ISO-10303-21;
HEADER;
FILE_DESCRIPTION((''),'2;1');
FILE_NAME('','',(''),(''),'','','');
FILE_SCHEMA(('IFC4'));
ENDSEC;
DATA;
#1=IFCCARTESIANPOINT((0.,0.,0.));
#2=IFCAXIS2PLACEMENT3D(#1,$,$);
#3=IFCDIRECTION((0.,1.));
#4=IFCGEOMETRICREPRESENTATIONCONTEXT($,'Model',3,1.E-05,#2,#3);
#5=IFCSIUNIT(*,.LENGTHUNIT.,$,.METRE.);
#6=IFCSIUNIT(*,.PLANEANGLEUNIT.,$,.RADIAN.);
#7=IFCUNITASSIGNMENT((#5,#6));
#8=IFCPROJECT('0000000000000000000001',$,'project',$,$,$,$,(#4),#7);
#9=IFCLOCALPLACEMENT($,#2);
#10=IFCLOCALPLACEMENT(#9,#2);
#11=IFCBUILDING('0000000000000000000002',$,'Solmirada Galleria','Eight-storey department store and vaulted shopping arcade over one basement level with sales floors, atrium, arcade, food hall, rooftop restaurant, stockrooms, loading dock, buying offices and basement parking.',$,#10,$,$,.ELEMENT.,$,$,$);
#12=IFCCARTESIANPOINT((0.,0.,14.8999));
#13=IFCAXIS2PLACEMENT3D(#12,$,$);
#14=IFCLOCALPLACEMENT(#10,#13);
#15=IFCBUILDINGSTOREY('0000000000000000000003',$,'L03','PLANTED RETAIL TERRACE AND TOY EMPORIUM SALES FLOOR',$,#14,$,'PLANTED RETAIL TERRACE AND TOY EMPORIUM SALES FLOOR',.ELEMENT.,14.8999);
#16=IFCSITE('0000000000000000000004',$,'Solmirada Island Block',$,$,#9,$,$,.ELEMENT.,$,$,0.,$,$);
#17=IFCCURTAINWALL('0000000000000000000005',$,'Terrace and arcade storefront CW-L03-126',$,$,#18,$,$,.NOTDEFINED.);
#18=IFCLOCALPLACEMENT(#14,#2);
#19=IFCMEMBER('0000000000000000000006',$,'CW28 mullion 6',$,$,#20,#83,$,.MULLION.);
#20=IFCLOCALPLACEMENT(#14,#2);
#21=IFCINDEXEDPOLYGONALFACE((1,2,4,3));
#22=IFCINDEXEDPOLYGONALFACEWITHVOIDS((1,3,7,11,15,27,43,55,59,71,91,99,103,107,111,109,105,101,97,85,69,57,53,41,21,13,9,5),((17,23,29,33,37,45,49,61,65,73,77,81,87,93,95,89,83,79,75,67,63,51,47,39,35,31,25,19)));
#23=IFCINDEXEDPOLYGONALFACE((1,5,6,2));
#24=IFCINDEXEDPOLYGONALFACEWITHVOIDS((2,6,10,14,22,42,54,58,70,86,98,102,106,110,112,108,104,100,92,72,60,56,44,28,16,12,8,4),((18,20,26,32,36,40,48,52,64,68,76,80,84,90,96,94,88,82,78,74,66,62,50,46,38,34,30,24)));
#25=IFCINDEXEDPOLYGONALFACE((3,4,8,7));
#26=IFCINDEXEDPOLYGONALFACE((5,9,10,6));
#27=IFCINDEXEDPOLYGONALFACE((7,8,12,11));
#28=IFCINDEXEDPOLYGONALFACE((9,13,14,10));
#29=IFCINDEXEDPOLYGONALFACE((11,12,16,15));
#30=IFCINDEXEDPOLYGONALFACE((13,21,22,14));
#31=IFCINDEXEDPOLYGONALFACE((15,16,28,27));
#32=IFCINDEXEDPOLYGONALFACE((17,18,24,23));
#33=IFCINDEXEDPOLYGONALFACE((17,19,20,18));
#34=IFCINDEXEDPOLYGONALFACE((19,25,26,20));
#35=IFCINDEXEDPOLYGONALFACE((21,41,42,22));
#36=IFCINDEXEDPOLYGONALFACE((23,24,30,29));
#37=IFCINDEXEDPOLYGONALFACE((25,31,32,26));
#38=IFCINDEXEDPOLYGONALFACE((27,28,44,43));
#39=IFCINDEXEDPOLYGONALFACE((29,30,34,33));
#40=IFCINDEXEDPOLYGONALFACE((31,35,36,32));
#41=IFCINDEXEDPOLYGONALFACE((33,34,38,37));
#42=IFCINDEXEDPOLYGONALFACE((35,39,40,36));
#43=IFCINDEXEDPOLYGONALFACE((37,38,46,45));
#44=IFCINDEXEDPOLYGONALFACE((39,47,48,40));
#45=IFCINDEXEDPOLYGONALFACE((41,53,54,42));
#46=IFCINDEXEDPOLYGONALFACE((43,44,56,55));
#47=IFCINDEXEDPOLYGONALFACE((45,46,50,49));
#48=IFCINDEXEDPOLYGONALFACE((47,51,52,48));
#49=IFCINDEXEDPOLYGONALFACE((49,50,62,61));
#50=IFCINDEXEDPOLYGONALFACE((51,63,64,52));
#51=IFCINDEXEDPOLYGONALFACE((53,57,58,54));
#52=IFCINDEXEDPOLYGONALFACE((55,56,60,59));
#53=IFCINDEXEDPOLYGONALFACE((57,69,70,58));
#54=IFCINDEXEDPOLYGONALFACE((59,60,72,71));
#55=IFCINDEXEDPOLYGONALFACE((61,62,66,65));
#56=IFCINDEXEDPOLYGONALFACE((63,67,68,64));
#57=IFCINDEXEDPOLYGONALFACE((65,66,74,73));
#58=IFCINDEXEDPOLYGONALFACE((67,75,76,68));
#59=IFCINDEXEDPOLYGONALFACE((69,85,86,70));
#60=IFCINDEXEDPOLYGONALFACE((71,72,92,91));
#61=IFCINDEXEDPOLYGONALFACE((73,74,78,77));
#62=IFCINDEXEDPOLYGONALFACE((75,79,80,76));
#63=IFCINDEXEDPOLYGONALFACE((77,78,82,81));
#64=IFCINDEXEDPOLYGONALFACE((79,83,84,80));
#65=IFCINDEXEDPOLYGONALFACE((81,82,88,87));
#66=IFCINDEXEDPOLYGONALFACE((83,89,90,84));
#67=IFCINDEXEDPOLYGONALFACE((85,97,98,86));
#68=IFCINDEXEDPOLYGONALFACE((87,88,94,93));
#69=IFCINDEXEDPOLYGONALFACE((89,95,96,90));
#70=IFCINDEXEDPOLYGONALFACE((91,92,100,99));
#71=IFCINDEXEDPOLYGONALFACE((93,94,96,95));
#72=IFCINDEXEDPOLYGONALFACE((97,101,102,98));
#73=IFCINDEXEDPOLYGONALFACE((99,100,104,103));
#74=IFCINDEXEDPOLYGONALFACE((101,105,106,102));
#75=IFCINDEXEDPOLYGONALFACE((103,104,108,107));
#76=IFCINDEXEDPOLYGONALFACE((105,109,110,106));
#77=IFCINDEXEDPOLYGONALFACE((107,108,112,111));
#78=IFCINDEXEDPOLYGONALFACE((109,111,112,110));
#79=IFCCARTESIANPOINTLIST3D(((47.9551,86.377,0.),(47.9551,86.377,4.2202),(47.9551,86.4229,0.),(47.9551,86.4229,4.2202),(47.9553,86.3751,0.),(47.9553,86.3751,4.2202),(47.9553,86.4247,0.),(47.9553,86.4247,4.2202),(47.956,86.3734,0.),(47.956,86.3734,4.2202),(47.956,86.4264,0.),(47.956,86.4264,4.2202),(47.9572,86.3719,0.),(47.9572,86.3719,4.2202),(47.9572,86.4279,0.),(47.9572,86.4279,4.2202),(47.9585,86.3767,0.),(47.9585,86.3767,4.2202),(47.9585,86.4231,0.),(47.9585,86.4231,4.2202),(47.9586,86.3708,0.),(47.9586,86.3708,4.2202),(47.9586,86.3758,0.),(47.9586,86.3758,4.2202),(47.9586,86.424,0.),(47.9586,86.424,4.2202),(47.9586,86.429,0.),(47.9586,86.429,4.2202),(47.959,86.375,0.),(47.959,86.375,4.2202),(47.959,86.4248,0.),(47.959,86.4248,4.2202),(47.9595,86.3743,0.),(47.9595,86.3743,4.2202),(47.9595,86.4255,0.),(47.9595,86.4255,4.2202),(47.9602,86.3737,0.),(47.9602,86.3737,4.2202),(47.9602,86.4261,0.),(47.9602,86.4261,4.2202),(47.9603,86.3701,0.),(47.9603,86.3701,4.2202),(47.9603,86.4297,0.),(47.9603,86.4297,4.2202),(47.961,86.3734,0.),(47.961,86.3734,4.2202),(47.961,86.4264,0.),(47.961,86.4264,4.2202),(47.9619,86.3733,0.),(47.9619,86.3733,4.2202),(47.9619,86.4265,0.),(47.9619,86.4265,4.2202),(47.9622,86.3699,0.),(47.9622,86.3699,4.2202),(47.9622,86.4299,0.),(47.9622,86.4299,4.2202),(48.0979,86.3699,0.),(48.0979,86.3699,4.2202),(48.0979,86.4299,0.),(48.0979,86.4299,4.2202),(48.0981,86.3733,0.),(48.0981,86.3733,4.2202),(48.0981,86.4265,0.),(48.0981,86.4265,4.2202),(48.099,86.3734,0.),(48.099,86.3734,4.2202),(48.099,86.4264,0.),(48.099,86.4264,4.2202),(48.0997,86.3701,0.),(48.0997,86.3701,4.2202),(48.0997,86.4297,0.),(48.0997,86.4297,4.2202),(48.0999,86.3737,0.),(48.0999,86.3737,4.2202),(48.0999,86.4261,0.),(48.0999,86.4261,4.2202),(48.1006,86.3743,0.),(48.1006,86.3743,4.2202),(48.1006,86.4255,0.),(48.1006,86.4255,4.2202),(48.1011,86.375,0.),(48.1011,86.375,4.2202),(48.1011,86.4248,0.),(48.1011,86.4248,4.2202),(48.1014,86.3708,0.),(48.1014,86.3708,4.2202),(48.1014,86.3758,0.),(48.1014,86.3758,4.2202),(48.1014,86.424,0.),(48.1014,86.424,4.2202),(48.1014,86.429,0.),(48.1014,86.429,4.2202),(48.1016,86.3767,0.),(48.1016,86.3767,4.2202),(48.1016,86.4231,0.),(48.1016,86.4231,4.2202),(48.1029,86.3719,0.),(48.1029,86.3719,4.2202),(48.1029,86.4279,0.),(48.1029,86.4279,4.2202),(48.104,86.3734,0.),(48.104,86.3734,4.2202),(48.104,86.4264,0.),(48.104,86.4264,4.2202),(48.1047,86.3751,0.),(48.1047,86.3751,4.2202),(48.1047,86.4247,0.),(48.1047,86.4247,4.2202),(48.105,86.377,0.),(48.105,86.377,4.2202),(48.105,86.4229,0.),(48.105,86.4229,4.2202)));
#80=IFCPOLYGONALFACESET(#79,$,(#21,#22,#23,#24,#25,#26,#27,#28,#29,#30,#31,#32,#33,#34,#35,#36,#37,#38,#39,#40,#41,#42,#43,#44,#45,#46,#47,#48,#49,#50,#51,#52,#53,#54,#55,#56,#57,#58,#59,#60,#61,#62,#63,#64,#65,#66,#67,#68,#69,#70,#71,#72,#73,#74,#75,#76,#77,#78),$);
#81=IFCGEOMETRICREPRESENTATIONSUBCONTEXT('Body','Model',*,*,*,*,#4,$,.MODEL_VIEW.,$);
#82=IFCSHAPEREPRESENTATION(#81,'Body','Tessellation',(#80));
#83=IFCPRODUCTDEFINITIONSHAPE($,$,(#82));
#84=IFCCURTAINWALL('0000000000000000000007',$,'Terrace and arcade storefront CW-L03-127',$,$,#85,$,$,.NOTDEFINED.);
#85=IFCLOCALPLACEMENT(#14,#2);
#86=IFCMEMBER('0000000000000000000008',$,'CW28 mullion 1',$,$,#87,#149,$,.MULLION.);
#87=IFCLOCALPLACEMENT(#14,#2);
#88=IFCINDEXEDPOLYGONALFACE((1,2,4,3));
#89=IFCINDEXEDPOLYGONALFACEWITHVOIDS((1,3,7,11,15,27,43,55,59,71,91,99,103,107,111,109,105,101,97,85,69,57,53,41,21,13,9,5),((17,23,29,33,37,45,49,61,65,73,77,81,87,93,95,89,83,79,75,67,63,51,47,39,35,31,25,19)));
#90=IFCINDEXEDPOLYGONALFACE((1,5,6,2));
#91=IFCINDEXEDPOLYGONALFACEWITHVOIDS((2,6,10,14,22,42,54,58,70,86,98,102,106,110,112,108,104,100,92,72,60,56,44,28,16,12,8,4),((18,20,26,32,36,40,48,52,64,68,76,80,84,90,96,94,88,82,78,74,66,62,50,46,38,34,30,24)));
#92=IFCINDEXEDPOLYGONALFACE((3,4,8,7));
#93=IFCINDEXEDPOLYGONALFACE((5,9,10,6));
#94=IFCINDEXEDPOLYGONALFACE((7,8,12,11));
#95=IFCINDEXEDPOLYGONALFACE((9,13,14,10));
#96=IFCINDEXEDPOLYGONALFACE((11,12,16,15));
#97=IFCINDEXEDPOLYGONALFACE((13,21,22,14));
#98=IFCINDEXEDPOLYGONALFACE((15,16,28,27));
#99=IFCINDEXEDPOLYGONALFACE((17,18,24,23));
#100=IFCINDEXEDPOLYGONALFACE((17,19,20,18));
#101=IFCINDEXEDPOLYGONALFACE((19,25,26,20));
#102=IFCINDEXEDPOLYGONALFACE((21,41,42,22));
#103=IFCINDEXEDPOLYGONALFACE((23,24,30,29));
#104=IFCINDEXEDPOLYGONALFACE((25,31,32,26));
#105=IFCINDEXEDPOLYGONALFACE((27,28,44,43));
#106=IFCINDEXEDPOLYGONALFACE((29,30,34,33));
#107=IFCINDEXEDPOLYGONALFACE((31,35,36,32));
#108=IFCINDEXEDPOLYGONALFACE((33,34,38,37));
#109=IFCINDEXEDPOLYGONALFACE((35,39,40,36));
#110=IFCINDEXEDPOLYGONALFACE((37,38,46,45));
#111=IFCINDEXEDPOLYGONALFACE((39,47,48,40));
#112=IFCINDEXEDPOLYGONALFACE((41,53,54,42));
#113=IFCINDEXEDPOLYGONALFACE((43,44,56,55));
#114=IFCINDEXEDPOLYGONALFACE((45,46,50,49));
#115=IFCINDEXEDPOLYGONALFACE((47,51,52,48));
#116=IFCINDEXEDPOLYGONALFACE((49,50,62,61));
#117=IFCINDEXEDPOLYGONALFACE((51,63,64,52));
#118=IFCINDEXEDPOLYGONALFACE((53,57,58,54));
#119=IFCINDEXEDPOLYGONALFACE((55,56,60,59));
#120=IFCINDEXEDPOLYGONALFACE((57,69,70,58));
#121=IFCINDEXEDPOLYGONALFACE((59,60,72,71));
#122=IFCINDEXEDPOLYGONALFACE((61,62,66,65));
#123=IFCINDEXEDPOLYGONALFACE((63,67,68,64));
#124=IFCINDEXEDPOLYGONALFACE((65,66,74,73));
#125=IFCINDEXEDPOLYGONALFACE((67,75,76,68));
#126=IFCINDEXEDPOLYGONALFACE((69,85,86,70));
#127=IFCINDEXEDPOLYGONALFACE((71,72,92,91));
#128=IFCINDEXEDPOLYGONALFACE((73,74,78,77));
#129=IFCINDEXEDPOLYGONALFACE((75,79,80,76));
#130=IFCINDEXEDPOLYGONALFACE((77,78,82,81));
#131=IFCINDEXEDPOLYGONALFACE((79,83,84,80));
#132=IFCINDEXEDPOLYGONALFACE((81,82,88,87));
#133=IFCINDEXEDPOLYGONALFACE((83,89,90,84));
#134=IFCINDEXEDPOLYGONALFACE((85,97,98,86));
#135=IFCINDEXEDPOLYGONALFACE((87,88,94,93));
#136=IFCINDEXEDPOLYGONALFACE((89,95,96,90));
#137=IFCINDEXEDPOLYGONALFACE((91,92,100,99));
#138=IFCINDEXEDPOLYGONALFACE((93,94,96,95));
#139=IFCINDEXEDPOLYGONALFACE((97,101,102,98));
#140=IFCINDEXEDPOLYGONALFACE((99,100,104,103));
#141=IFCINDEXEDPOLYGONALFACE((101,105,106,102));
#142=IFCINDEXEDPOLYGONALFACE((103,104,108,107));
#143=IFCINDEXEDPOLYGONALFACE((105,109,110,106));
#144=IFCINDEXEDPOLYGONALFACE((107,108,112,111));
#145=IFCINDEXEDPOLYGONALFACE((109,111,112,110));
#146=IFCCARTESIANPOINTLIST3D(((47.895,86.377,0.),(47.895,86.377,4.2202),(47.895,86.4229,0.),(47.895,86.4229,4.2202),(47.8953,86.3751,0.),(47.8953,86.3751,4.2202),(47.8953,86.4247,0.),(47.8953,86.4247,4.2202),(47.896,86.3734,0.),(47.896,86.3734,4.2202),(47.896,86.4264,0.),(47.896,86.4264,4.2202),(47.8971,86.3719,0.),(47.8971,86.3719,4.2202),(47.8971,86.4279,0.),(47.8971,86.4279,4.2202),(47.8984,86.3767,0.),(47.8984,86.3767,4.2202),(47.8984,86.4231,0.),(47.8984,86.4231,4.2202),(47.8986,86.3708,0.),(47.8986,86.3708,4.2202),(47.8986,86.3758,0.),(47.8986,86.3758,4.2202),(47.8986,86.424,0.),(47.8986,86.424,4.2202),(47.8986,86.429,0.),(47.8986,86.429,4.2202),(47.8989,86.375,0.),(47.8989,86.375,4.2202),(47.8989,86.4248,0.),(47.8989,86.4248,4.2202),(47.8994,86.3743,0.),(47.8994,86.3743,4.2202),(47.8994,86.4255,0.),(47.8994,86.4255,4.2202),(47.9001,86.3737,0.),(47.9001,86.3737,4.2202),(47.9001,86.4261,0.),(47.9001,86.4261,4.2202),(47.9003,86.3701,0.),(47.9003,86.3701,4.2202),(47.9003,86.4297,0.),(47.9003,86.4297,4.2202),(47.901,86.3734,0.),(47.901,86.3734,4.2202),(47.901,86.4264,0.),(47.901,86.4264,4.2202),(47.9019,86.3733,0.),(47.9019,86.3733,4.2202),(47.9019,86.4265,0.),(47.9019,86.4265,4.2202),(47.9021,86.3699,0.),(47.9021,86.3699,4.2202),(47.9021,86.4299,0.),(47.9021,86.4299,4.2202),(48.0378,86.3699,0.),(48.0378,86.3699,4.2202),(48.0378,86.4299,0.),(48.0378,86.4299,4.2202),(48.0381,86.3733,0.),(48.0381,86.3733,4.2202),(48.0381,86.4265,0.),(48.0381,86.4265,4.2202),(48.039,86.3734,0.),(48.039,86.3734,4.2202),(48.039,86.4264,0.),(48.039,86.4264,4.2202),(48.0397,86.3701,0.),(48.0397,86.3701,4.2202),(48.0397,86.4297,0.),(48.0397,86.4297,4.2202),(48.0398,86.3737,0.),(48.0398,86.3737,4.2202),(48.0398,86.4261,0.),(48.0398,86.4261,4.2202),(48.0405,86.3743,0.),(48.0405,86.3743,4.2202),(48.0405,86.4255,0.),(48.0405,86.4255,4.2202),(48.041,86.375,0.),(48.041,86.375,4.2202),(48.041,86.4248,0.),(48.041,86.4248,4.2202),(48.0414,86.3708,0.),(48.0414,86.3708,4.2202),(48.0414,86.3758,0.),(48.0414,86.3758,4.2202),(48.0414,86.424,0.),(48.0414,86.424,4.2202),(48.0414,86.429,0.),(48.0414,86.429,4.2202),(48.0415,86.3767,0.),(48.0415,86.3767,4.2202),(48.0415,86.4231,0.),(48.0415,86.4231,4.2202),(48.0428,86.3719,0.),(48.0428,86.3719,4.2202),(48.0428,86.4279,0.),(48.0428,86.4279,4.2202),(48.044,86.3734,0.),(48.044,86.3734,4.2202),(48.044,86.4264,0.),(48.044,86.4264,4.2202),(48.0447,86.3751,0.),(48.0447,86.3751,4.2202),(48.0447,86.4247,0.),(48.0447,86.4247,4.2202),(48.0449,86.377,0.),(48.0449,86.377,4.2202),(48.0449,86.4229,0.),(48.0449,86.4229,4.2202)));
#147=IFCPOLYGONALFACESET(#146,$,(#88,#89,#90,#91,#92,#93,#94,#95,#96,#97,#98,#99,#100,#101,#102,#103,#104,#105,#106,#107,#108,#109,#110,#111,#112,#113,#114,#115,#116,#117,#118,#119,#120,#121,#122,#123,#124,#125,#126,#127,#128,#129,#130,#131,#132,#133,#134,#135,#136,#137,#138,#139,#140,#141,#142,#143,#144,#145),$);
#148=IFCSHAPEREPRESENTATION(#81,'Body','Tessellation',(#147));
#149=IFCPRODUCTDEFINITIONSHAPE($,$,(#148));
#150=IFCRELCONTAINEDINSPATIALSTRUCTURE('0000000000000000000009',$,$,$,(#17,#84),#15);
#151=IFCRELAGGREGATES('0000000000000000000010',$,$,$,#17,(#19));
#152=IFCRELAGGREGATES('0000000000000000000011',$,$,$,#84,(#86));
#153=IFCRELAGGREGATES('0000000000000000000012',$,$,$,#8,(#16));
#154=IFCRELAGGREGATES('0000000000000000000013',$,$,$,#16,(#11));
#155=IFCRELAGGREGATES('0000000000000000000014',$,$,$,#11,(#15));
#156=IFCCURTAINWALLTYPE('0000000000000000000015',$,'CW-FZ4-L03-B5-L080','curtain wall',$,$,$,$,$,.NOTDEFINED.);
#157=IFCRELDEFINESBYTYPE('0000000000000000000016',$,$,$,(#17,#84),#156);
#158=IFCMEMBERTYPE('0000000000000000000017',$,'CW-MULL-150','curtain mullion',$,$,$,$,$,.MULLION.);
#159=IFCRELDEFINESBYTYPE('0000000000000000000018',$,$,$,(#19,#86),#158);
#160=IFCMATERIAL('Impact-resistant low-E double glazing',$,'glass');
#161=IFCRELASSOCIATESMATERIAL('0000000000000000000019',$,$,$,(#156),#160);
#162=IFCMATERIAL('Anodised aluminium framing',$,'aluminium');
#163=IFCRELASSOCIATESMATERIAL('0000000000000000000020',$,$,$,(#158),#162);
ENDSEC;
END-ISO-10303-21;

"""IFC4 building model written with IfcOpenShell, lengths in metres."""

from ifc_helpers import new_model, si_unit, direction, frame, origin, origin_2d, place, context, subcontext, project, spatial, hollow_rectangle, extrude, material, material_profile, profile_set, type_object, element, aggregate, save


model = new_model("IFC4")

# Units and contexts
model_context = context("Model", 3, precision=1e-05, world=origin(), true_north=direction((0.0, 1.0)))
body_context = subcontext(model_context, "Body", "Model", "MODEL_VIEW")
ifc_project = project(units=[si_unit("LENGTHUNIT", "METRE"), si_unit("PLANEANGLEUNIT", "RADIAN")], contexts=[model_context])

# Site, building, storey
site_placement = place(None, origin())
site = spatial("IfcSite", under=ifc_project, at=site_placement, Name="Solmirada Island Block", CompositionType="ELEMENT", RefElevation=0.0)
building_placement = place(site_placement, origin())
building = spatial("IfcBuilding", under=site, at=building_placement, Name="Solmirada Galleria", Description="Eight-storey department store and vaulted shopping arcade over one basement level with sales floors, atrium, arcade, food hall, rooftop restaurant, stockrooms, loading dock, buying offices and basement parking.", CompositionType="ELEMENT")
storey_placement = place(building_placement, frame((0.0, 0.0, 14.8999)))
storey = spatial("IfcBuildingStorey", under=building, at=storey_placement, Name="L03", Description="PLANTED RETAIL TERRACE AND TOY EMPORIUM SALES FLOOR", LongName="PLANTED RETAIL TERRACE AND TOY EMPORIUM SALES FLOOR", CompositionType="ELEMENT", Elevation=14.8999)

# Curtain walls, members
ifc_material_1 = material(Name="Impact-resistant low-E double glazing", Category="glass")
curtain_wall_type = type_object("IfcCurtainWallType", Name="CW-FZ4-L03-B5-L080", Description="curtain wall", PredefinedType="NOTDEFINED", material=ifc_material_1)
curtain_wall_1_placement = place(storey_placement, origin())
curtain_wall_1 = element("IfcCurtainWall", 1, at=curtain_wall_1_placement, inside=storey, type_object=curtain_wall_type, Name="Terrace and arcade storefront CW-L03-126", PredefinedType="NOTDEFINED")
ifc_material_2 = material(Name="Anodised aluminium framing", Category="aluminium")
ifc_material_profile_1 = material_profile(ifc_material_2, hollow_rectangle(XDim=0.0601, YDim=0.1499, WallThickness=0.0034, InnerFilletRadius=0.0034, OuterFilletRadius=0.0071, at=origin_2d()), Name="ALU-MULL-150X60")
ifc_profile_set_1 = profile_set([ifc_material_profile_1], Name="Anodised aluminium framing")
member_type_1 = type_object("IfcMemberType", Name="CW-MULL-150", Description="curtain mullion", PredefinedType="MULLION", material=ifc_profile_set_1)
member_1_placement = place(storey_placement, frame((48.03, 86.3999, 0.0), z_axis=(0.0, 0.0, 1.0), x_axis=(0.0, -1.0, 0.0)))
member_1 = element("IfcMember", 2, at=member_1_placement, type_object=member_type_1, Name="CW28 mullion 6", PredefinedType="MULLION", context=body_context, shape_type="SweptSolid", body=[
    extrude(hollow_rectangle(XDim=0.0601, YDim=0.1499, WallThickness=0.0034, InnerFilletRadius=0.0034, OuterFilletRadius=0.0071, at=origin_2d()), origin(), (0.0, 0.0, 1.0), 4.2202),
])
curtain_wall_2_placement = place(storey_placement, origin())
curtain_wall_2 = element("IfcCurtainWall", 3, at=curtain_wall_2_placement, inside=storey, type_object=curtain_wall_type, Name="Terrace and arcade storefront CW-L03-127", PredefinedType="NOTDEFINED")
member_2_placement = place(storey_placement, frame((47.97, 86.3999, 0.0), z_axis=(0.0, 0.0, 1.0), x_axis=(0.0, -1.0, 0.0)))
member_2 = element("IfcMember", 4, at=member_2_placement, type_object=member_type_1, Name="CW28 mullion 1", PredefinedType="MULLION", context=body_context, shape_type="SweptSolid", body=[
    extrude(hollow_rectangle(XDim=0.0601, YDim=0.1499, WallThickness=0.0034, InnerFilletRadius=0.0034, OuterFilletRadius=0.0071, at=origin_2d()), origin(), (0.0, 0.0, 1.0), 4.2202),
])

aggregate(curtain_wall_1, [member_1])
aggregate(curtain_wall_2, [member_2])

save(model, "model.ifc")
